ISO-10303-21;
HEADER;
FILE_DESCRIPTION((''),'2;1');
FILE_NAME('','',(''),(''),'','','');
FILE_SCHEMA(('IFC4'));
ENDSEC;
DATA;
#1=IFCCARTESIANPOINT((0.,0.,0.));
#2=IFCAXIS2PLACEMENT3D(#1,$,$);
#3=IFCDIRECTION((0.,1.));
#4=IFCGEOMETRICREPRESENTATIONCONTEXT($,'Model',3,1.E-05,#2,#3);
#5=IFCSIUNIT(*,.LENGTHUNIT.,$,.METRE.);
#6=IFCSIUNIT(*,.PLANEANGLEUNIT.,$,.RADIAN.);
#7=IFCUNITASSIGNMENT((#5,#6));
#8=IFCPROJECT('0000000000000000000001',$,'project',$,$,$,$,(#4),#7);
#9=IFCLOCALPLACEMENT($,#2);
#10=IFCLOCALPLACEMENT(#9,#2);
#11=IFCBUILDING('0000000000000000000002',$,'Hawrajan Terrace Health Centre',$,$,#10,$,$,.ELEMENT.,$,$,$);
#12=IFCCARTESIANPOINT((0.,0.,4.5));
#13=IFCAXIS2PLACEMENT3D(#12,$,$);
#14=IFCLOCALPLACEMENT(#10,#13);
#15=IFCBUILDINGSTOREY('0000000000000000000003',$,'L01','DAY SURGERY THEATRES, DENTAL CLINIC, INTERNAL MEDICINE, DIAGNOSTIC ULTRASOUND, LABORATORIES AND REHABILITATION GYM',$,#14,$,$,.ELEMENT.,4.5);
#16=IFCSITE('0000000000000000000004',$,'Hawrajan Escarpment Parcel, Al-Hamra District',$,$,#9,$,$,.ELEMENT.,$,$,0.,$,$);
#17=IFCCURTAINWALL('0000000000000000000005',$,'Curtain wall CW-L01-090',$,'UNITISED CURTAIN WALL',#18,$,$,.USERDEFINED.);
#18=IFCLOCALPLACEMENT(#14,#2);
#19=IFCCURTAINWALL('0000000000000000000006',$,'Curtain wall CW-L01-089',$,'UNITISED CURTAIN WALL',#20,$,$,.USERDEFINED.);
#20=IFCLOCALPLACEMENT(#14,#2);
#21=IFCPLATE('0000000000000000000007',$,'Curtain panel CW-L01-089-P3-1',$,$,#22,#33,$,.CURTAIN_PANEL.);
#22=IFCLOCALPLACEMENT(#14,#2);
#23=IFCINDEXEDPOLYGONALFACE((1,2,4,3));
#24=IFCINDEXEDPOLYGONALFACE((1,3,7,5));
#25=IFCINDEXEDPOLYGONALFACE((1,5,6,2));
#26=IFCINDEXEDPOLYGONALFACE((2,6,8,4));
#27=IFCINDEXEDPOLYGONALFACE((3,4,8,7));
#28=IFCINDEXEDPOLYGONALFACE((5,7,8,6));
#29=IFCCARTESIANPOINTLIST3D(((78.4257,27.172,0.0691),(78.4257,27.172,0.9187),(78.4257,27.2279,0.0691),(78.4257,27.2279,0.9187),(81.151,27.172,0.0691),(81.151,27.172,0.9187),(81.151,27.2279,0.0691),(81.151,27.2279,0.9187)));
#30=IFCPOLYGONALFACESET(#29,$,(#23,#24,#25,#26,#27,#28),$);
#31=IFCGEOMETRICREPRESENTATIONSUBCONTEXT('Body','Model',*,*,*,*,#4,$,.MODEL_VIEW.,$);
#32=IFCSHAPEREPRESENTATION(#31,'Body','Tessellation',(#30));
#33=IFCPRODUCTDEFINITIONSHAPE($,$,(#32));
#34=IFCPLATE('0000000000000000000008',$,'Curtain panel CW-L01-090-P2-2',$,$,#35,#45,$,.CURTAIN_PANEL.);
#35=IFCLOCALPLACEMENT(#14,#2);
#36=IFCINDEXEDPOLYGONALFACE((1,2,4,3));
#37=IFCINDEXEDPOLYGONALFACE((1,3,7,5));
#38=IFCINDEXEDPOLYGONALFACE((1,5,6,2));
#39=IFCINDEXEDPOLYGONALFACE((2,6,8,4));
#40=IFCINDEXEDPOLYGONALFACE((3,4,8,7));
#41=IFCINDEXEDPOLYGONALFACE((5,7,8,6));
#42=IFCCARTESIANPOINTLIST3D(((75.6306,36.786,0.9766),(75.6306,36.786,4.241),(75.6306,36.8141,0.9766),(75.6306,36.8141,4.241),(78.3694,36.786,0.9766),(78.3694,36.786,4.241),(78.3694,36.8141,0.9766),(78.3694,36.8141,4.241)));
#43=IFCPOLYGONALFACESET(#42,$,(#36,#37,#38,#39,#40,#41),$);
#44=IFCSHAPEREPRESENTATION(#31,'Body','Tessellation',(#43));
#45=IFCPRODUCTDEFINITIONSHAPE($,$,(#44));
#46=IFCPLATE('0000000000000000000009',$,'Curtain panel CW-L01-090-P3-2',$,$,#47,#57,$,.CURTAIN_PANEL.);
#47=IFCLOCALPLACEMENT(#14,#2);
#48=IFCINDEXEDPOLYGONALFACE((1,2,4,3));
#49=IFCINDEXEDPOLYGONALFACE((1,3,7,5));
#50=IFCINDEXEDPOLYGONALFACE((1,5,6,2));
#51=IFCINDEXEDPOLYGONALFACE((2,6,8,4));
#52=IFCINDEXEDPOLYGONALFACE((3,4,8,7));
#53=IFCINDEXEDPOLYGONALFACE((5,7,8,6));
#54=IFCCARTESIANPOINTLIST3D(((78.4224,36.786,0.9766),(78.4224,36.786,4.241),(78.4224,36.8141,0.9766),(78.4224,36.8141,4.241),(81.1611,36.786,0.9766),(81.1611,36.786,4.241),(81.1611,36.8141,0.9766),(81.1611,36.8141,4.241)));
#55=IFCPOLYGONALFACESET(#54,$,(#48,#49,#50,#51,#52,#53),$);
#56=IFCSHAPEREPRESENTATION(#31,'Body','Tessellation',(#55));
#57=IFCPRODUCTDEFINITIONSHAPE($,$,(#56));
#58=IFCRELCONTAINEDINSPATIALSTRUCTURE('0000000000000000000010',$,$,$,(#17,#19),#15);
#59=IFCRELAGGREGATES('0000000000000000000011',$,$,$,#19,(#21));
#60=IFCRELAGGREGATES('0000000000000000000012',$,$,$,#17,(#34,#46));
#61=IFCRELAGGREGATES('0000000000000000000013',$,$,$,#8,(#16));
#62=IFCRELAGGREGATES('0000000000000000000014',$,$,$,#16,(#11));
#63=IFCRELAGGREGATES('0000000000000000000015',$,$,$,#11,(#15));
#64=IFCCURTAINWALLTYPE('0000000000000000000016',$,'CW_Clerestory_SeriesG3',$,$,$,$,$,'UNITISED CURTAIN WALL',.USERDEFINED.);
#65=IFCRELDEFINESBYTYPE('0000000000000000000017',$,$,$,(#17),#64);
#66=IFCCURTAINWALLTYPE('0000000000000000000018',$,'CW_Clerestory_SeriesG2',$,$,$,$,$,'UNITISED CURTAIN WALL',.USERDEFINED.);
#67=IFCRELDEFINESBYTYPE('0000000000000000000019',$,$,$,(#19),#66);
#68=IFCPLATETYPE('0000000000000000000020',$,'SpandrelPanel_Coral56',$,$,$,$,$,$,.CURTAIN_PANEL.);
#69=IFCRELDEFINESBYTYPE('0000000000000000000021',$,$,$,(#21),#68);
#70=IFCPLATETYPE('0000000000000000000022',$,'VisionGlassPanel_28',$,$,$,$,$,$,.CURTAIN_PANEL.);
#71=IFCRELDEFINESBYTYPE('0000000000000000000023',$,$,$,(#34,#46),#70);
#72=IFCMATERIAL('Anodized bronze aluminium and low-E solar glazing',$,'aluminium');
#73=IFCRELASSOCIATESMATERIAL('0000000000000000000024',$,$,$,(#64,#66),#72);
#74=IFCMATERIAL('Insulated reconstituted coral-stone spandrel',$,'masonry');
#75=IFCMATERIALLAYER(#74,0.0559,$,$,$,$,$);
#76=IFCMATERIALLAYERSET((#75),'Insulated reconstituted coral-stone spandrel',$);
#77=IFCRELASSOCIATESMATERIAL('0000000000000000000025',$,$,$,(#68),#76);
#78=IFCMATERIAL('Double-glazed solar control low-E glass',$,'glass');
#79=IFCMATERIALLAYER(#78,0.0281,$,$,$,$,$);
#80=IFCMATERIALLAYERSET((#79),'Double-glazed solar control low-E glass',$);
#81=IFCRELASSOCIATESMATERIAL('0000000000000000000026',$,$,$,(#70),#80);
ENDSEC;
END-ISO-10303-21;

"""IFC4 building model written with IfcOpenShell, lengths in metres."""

from ifc_helpers import new_model, si_unit, direction, frame, origin, origin_2d, place, context, subcontext, project, spatial, rectangle, extrude, material, layer, layer_set, type_object, element, aggregate, save


model = new_model("IFC4")

# Units and contexts
model_context = context("Model", 3, precision=1e-05, world=origin(), true_north=direction((0.0, 1.0)))
body_context = subcontext(model_context, "Body", "Model", "MODEL_VIEW")
ifc_project = project(units=[si_unit("LENGTHUNIT", "METRE"), si_unit("PLANEANGLEUNIT", "RADIAN")], contexts=[model_context])

# Site, building, storey
site_placement = place(None, origin())
site = spatial("IfcSite", under=ifc_project, at=site_placement, Name="Hawrajan Escarpment Parcel, Al-Hamra District", CompositionType="ELEMENT", RefElevation=0.0)
building_placement = place(site_placement, origin())
building = spatial("IfcBuilding", under=site, at=building_placement, Name="Hawrajan Terrace Health Centre", CompositionType="ELEMENT")
storey_placement = place(building_placement, frame((0.0, 0.0, 4.5)))
storey = spatial("IfcBuildingStorey", under=building, at=storey_placement, Name="L01", Description="DAY SURGERY THEATRES, DENTAL CLINIC, INTERNAL MEDICINE, DIAGNOSTIC ULTRASOUND, LABORATORIES AND REHABILITATION GYM", CompositionType="ELEMENT", Elevation=4.5)

# Curtain wall
ifc_material_1 = material(Name="Anodized bronze aluminium and low-E solar glazing", Category="aluminium")
curtain_wall_type_1 = type_object("IfcCurtainWallType", Name="CW_Clerestory_SeriesG3", ElementType="UNITISED CURTAIN WALL", PredefinedType="USERDEFINED", material=ifc_material_1)
curtain_wall_1_placement = place(storey_placement, origin())
curtain_wall_1 = element("IfcCurtainWall", 1, at=curtain_wall_1_placement, inside=storey, type_object=curtain_wall_type_1, Name="Curtain wall CW-L01-090", ObjectType="UNITISED CURTAIN WALL", PredefinedType="USERDEFINED")

# Curtain wall
curtain_wall_type_2 = type_object("IfcCurtainWallType", Name="CW_Clerestory_SeriesG2", ElementType="UNITISED CURTAIN WALL", PredefinedType="USERDEFINED", material=ifc_material_1)
curtain_wall_2_placement = place(storey_placement, origin())
curtain_wall_2 = element("IfcCurtainWall", 2, at=curtain_wall_2_placement, inside=storey, type_object=curtain_wall_type_2, Name="Curtain wall CW-L01-089", ObjectType="UNITISED CURTAIN WALL", PredefinedType="USERDEFINED")

# Plates
ifc_material_2 = material(Name="Insulated reconstituted coral-stone spandrel", Category="masonry")
ifc_layer_1 = layer(ifc_material_2, 0.0559)
ifc_layer_set_1 = layer_set([ifc_layer_1], Name="Insulated reconstituted coral-stone spandrel")
plate_type_1 = type_object("IfcPlateType", Name="SpandrelPanel_Coral56", PredefinedType="CURTAIN_PANEL", material=ifc_layer_set_1)
plate_1_placement = place(storey_placement, frame((79.7883, 27.2, 0.0691), z_axis=(0.0, 0.0, 1.0), x_axis=(1.0, 0.0, 0.0)))
plate_1 = element("IfcPlate", 3, at=plate_1_placement, type_object=plate_type_1, Name="Curtain panel CW-L01-089-P3-1", PredefinedType="CURTAIN_PANEL", context=body_context, shape_type="SweptSolid", body=[
    extrude(rectangle(XDim=2.7253, YDim=0.0559, at=origin_2d()), origin(), (0.0, 0.0, 1.0), 0.8496),
])
aggregate(curtain_wall_2, [plate_1])
ifc_material_3 = material(Name="Double-glazed solar control low-E glass", Category="glass")
ifc_layer_2 = layer(ifc_material_3, 0.0281)
ifc_layer_set_2 = layer_set([ifc_layer_2], Name="Double-glazed solar control low-E glass")
plate_type_2 = type_object("IfcPlateType", Name="VisionGlassPanel_28", PredefinedType="CURTAIN_PANEL", material=ifc_layer_set_2)
plate_2_placement = place(storey_placement, frame((77.0, 36.8, 0.9766), z_axis=(0.0, 0.0, 1.0), x_axis=(1.0, 0.0, 0.0)))
plate_2 = element("IfcPlate", 4, at=plate_2_placement, type_object=plate_type_2, Name="Curtain panel CW-L01-090-P2-2", PredefinedType="CURTAIN_PANEL", context=body_context, shape_type="SweptSolid", body=[
    extrude(rectangle(XDim=2.7388, YDim=0.0281, at=origin_2d()), origin(), (0.0, 0.0, 1.0), 3.2644),
])
plate_3_placement = place(storey_placement, frame((79.7917, 36.8, 0.9766), z_axis=(0.0, 0.0, 1.0), x_axis=(1.0, 0.0, 0.0)))
plate_3 = element("IfcPlate", 5, at=plate_3_placement, type_object=plate_type_2, Name="Curtain panel CW-L01-090-P3-2", PredefinedType="CURTAIN_PANEL", context=body_context, shape_type="SweptSolid", body=[
    extrude(rectangle(XDim=2.7388, YDim=0.0281, at=origin_2d()), origin(), (0.0, 0.0, 1.0), 3.2644),
])
aggregate(curtain_wall_1, [plate_2, plate_3])

save(model, "model.ifc")
